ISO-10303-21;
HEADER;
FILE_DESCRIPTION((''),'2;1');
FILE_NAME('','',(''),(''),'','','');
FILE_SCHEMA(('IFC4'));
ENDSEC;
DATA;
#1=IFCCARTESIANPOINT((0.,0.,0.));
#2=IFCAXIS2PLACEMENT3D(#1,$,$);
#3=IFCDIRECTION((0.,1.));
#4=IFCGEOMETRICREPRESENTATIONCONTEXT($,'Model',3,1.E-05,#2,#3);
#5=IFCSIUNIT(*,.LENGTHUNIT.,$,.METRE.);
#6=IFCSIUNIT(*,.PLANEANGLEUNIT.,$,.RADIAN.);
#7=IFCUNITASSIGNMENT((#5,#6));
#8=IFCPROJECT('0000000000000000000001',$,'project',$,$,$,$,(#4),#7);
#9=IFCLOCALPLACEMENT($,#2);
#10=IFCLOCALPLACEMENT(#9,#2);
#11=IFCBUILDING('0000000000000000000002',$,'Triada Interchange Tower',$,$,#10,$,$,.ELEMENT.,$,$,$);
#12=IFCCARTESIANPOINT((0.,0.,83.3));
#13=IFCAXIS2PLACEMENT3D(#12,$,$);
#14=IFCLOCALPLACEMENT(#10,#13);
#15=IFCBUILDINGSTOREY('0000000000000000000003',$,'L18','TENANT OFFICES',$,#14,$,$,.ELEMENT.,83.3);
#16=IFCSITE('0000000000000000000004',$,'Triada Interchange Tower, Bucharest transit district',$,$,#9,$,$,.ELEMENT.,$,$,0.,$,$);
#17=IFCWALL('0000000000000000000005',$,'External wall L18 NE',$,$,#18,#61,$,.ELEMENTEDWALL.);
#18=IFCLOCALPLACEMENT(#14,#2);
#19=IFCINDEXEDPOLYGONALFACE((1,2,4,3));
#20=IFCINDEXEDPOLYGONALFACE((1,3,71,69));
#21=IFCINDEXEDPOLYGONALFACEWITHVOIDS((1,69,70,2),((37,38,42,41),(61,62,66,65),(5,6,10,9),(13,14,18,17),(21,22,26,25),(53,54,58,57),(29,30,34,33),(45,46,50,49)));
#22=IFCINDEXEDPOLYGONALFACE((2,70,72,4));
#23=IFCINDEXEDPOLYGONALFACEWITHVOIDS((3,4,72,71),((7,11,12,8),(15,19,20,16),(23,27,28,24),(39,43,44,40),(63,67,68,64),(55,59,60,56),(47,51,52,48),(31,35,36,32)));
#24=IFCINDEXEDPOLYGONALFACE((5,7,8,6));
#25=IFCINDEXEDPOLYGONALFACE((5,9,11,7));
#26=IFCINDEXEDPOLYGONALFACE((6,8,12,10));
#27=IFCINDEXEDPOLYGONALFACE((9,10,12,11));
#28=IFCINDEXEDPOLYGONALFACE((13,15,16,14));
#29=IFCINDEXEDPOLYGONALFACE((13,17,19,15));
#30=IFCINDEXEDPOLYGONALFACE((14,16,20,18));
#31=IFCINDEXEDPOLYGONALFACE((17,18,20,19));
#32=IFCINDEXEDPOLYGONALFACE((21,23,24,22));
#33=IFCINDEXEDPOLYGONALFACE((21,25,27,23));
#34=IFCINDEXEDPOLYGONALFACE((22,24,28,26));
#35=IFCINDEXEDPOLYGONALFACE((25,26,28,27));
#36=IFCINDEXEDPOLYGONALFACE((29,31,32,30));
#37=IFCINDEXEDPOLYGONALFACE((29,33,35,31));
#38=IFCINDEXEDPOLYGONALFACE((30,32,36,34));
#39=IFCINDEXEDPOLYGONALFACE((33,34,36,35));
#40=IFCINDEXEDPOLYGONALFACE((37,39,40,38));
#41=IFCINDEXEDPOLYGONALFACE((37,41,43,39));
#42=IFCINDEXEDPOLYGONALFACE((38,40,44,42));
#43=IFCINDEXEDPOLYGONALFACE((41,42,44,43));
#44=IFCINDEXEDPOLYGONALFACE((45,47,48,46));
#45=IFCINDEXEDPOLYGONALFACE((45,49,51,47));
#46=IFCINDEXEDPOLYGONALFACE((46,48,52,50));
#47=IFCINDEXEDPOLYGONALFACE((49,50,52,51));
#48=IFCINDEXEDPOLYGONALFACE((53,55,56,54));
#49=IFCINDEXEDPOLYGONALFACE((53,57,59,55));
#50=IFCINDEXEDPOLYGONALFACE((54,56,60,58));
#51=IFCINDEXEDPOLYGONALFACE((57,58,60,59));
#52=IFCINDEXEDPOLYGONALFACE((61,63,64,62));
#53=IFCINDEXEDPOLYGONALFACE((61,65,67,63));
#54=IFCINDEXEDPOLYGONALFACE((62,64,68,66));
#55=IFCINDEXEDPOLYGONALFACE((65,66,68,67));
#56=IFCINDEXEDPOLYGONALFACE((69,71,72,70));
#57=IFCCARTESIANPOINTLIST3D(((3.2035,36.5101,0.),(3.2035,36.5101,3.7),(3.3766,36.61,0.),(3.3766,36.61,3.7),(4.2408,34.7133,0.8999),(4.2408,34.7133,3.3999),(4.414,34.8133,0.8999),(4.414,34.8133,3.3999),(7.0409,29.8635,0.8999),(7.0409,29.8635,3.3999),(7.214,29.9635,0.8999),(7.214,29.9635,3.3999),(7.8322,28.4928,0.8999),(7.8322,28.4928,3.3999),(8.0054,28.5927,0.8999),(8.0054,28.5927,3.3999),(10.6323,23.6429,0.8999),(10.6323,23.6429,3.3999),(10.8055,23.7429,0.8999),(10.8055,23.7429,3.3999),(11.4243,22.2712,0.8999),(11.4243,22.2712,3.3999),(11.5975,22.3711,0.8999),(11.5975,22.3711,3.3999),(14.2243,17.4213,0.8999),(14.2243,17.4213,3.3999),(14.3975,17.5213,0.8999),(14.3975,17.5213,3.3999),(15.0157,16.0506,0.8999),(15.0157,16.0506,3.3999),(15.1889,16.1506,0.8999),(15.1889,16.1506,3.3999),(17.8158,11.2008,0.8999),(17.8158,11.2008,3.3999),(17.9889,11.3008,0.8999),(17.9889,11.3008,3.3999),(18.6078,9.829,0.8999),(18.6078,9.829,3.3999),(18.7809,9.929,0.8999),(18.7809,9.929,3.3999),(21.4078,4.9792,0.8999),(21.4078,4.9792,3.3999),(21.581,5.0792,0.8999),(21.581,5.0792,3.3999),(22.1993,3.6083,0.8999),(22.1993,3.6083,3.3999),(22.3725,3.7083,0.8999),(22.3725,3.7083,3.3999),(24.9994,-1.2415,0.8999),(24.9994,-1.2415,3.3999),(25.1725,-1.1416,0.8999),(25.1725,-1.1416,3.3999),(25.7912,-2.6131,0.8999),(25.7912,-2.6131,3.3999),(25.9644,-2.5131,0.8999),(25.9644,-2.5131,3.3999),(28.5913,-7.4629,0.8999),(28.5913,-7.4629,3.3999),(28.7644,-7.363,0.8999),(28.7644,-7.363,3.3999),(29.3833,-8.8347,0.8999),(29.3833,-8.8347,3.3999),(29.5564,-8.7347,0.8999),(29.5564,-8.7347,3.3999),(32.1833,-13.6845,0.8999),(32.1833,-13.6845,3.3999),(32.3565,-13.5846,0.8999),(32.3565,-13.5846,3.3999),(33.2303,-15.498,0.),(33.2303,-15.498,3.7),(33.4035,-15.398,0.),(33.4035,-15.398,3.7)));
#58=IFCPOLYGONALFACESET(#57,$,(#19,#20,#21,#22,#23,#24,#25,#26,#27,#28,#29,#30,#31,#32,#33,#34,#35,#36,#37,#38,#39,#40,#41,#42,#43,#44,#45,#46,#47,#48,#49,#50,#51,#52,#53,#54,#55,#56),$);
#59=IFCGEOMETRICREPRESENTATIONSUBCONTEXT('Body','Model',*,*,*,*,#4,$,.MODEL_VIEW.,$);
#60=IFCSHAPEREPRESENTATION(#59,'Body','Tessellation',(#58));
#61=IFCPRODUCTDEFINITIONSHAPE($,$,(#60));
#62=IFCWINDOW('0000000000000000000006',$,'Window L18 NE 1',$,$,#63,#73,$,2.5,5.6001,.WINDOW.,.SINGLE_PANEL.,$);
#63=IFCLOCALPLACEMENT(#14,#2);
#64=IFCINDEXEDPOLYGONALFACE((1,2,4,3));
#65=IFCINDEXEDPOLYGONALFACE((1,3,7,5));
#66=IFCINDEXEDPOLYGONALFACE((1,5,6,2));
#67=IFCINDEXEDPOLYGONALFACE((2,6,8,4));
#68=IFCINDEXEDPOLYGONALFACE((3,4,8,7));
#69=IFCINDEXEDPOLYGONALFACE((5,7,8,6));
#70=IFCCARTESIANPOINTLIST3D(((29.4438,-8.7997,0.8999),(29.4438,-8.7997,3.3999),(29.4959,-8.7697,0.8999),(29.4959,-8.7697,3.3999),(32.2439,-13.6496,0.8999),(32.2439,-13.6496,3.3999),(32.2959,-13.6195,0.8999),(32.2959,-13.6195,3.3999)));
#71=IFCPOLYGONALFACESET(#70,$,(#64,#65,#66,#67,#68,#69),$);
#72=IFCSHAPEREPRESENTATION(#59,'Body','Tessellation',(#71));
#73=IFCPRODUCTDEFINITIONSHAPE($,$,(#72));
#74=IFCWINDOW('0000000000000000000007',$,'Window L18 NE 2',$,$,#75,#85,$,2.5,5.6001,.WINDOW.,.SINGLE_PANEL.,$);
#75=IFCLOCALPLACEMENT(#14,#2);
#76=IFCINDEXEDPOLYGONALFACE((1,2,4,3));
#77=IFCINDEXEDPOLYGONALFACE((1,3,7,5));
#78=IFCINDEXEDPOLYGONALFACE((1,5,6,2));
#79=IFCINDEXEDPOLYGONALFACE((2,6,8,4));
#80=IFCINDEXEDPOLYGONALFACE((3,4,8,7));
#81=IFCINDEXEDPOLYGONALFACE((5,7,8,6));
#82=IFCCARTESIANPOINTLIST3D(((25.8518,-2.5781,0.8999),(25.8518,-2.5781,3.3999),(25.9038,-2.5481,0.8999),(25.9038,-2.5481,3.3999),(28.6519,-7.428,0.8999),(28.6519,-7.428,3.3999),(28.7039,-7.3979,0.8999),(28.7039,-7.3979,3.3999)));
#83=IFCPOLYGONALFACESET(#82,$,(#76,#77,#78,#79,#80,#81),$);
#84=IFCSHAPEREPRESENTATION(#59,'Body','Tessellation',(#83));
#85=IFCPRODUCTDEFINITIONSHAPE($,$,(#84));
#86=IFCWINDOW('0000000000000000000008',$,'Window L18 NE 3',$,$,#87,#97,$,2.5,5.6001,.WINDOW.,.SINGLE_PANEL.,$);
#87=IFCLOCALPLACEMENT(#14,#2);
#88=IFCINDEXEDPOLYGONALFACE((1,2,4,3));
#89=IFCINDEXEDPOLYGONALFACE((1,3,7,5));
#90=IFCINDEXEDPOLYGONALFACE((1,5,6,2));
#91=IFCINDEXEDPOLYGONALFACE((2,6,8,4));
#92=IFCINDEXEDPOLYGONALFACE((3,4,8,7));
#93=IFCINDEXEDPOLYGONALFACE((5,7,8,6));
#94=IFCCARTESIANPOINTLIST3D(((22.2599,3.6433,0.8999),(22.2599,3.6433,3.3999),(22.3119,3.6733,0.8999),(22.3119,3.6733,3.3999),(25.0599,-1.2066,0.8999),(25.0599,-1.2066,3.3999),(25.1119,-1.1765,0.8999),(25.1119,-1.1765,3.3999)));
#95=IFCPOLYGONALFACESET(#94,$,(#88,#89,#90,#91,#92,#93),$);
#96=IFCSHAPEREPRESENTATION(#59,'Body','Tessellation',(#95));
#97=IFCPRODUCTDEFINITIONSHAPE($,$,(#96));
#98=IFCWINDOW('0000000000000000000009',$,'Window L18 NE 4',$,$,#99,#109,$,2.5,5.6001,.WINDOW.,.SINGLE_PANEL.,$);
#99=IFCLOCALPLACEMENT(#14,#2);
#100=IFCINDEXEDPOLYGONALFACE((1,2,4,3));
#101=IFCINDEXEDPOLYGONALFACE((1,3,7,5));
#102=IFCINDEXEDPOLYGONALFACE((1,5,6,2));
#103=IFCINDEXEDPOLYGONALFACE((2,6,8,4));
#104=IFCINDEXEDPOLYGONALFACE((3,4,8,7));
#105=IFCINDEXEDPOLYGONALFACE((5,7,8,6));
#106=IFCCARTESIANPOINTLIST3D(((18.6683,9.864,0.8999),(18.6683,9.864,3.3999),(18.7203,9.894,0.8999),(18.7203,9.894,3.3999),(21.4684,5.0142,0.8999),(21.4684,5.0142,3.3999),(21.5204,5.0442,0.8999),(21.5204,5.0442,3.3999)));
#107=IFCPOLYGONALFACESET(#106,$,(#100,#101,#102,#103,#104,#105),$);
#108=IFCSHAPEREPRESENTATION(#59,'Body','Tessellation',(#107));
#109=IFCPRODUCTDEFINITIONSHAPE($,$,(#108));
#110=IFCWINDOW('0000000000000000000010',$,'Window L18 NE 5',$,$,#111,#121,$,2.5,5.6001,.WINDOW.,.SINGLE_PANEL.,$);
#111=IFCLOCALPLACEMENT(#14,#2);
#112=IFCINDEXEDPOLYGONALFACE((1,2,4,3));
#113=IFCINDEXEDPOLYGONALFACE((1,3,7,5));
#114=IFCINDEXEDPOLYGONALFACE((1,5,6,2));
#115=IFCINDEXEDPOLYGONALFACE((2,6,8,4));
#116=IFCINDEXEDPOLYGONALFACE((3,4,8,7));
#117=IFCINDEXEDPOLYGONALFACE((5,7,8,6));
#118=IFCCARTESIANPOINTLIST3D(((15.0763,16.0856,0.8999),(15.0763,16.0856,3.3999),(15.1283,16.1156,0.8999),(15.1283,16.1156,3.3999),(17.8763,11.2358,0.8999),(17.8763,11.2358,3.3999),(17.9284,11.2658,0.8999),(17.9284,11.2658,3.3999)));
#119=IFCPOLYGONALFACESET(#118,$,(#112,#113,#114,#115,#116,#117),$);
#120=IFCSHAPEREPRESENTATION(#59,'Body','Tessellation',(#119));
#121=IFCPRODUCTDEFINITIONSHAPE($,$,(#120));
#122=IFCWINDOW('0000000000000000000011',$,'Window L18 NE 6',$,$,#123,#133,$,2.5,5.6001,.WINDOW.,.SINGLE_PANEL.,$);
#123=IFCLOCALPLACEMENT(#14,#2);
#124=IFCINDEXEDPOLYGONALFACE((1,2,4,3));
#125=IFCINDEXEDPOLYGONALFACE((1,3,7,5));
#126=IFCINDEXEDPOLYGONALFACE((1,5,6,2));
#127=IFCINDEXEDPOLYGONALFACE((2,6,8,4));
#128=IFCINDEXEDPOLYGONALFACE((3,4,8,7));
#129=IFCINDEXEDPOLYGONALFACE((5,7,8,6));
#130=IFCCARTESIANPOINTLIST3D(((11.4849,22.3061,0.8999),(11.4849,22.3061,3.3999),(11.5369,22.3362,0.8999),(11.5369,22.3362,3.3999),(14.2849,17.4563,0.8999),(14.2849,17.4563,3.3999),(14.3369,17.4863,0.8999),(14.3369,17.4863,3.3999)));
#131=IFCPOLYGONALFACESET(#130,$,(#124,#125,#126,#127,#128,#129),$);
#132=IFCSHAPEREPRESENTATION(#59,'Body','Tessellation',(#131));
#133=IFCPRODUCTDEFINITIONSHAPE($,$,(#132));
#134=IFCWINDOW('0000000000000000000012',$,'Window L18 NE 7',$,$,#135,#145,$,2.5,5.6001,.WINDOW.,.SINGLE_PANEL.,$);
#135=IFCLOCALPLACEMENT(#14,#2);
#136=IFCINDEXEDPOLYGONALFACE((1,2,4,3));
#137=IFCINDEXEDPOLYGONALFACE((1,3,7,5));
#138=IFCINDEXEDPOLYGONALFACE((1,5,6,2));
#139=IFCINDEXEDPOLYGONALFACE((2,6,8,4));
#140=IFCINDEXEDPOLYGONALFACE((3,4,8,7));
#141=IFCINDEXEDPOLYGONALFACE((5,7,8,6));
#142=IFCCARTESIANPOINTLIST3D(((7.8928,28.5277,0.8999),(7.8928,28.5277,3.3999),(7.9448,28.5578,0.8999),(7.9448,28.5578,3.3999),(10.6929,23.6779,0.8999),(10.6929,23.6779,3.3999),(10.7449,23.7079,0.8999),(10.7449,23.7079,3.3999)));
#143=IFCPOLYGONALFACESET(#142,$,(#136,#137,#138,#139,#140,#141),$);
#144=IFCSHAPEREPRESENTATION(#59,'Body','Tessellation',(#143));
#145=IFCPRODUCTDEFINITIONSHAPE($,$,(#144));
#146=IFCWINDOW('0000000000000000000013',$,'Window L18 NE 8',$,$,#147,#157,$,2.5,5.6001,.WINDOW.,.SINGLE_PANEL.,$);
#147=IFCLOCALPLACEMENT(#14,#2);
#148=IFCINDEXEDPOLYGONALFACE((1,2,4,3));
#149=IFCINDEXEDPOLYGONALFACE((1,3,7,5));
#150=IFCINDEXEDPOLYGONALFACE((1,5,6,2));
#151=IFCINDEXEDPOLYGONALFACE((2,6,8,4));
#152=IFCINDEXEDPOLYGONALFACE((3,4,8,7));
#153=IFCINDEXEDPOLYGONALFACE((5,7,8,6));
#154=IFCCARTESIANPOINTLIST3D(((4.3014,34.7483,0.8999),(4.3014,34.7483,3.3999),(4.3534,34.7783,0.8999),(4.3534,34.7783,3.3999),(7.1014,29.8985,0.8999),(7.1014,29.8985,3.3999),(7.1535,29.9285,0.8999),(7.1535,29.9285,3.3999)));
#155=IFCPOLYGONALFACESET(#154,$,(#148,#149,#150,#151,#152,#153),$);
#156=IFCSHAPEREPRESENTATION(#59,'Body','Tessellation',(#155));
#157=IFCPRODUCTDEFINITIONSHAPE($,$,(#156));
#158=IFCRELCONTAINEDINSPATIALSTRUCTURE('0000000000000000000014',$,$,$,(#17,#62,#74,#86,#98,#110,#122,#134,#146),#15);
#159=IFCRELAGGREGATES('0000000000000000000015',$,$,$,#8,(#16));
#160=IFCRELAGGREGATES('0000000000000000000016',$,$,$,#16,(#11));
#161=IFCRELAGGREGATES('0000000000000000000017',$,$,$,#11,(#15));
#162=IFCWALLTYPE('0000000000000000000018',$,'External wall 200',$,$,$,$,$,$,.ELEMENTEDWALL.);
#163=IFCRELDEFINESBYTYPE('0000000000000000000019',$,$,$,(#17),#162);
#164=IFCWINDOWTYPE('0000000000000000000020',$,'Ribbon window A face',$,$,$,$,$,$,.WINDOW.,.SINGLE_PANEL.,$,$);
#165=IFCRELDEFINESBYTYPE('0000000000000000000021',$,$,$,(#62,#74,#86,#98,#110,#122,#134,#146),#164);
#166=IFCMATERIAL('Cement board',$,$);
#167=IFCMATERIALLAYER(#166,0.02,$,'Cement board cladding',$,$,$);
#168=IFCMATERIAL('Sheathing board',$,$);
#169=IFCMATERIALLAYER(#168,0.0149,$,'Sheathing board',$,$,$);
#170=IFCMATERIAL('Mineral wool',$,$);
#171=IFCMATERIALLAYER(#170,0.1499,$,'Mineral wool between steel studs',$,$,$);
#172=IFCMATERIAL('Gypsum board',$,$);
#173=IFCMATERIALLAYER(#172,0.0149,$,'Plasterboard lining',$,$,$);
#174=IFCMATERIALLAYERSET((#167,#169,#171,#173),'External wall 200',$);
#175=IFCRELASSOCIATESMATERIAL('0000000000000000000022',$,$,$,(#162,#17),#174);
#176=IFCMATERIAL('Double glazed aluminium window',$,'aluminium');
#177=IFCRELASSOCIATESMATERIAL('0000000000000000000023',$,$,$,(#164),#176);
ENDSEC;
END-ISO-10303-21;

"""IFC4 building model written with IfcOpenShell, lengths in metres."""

from ifc_helpers import new_model, si_unit, direction, frame, frame_2d, origin, place, context, subcontext, project, spatial, rectangle, extrude, material, layer, layer_set, layer_usage, type_object, element, fill, save


model = new_model("IFC4")

# Units and contexts
model_context = context("Model", 3, precision=1e-05, world=origin(), true_north=direction((0.0, 1.0)))
body_context = subcontext(model_context, "Body", "Model", "MODEL_VIEW")
ifc_project = project(units=[si_unit("LENGTHUNIT", "METRE"), si_unit("PLANEANGLEUNIT", "RADIAN")], contexts=[model_context])

# Site, building, storey
site_placement = place(None, origin())
site = spatial("IfcSite", under=ifc_project, at=site_placement, Name="Triada Interchange Tower, Bucharest transit district", CompositionType="ELEMENT", RefElevation=0.0)
building_placement = place(site_placement, origin())
building = spatial("IfcBuilding", under=site, at=building_placement, Name="Triada Interchange Tower", CompositionType="ELEMENT")
storey_placement = place(building_placement, frame((0.0, 0.0, 83.3)))
storey = spatial("IfcBuildingStorey", under=building, at=storey_placement, Name="L18", Description="TENANT OFFICES", CompositionType="ELEMENT", Elevation=83.3)

# Shared definitions
ifc_material_1 = material(Name="Cement board")
ifc_layer_1 = layer(ifc_material_1, 0.02, Name="Cement board cladding")
ifc_material_2 = material(Name="Sheathing board")
ifc_layer_2 = layer(ifc_material_2, 0.0149, Name="Sheathing board")
ifc_material_3 = material(Name="Mineral wool")
ifc_layer_3 = layer(ifc_material_3, 0.1499, Name="Mineral wool between steel studs")
ifc_material_4 = material(Name="Gypsum board")
ifc_layer_4 = layer(ifc_material_4, 0.0149, Name="Plasterboard lining")
ifc_layer_set_1 = layer_set([ifc_layer_1, ifc_layer_2, ifc_layer_3, ifc_layer_4], Name="External wall 200")
ifc_layer_usage = layer_usage(ifc_layer_set_1, "AXIS2", "POSITIVE", -0.1001)
wall_type = type_object("IfcWallType", Name="External wall 200", PredefinedType="ELEMENTEDWALL", material=ifc_layer_set_1)
ifc_material_5 = material(Name="Double glazed aluminium window", Category="aluminium")

# Wall, openings, windows
wall_1_placement = place(storey_placement, frame((33.3169, -15.448, 0.0), z_axis=(0.0, 0.0, 1.0), x_axis=(-0.5, 0.866025, 0.0)))
wall_1 = element("IfcWall", 1, at=wall_1_placement, inside=storey, type_object=wall_type, material=ifc_layer_usage, Name="External wall L18 NE", PredefinedType="ELEMENTEDWALL", context=body_context, shape_type="SweptSolid", body=[
    extrude(rectangle(XDim=60.0537, YDim=0.2, at=frame_2d((30.0269, 0.0))), origin(), (0.0, 0.0, 1.0), 3.7),
])
opening_1_placement = place(wall_1_placement, frame((2.094, 0.0, 0.8999)))
opening_1 = element("IfcOpeningElement", 2, at=opening_1_placement, cuts=wall_1, PredefinedType="OPENING", context=body_context, shape_type="SweptSolid", body=[
    extrude(rectangle(XDim=5.6001, YDim=2.5, at=frame_2d((2.8, 1.25))), frame((0.0, 0.1099, 0.0), z_axis=(0.0, -1.0, 0.0), x_axis=(1.0, 0.0, 0.0)), (0.0, 0.0, 1.0), 0.22),
])
opening_2_placement = place(wall_1_placement, frame((9.2781, 0.0, 0.8999)))
opening_2 = element("IfcOpeningElement", 3, at=opening_2_placement, cuts=wall_1, PredefinedType="OPENING", context=body_context, shape_type="SweptSolid", body=[
    extrude(rectangle(XDim=5.6001, YDim=2.5, at=frame_2d((2.8, 1.25))), frame((0.0, 0.1099, 0.0), z_axis=(0.0, -1.0, 0.0), x_axis=(1.0, 0.0, 0.0)), (0.0, 0.0, 1.0), 0.22),
])
opening_3_placement = place(wall_1_placement, frame((16.4619, 0.0, 0.8999)))
opening_3 = element("IfcOpeningElement", 4, at=opening_3_placement, cuts=wall_1, PredefinedType="OPENING", context=body_context, shape_type="SweptSolid", body=[
    extrude(rectangle(XDim=5.6001, YDim=2.5, at=frame_2d((2.8, 1.25))), frame((0.0, 0.1099, 0.0), z_axis=(0.0, -1.0, 0.0), x_axis=(1.0, 0.0, 0.0)), (0.0, 0.0, 1.0), 0.22),
])
opening_4_placement = place(wall_1_placement, frame((23.645, 0.0, 0.8999)))
opening_4 = element("IfcOpeningElement", 5, at=opening_4_placement, cuts=wall_1, PredefinedType="OPENING", context=body_context, shape_type="SweptSolid", body=[
    extrude(rectangle(XDim=5.6001, YDim=2.5, at=frame_2d((2.8, 1.25))), frame((0.0, 0.1099, 0.0), z_axis=(0.0, -1.0, 0.0), x_axis=(1.0, 0.0, 0.0)), (0.0, 0.0, 1.0), 0.22),
])
opening_5_placement = place(wall_1_placement, frame((30.8291, 0.0, 0.8999)))
opening_5 = element("IfcOpeningElement", 6, at=opening_5_placement, cuts=wall_1, PredefinedType="OPENING", context=body_context, shape_type="SweptSolid", body=[
    extrude(rectangle(XDim=5.6001, YDim=2.5, at=frame_2d((2.8, 1.25))), frame((0.0, 0.1099, 0.0), z_axis=(0.0, -1.0, 0.0), x_axis=(1.0, 0.0, 0.0)), (0.0, 0.0, 1.0), 0.22),
])
opening_6_placement = place(wall_1_placement, frame((38.012, 0.0, 0.8999)))
opening_6 = element("IfcOpeningElement", 7, at=opening_6_placement, cuts=wall_1, PredefinedType="OPENING", context=body_context, shape_type="SweptSolid", body=[
    extrude(rectangle(XDim=5.6001, YDim=2.5, at=frame_2d((2.8, 1.25))), frame((0.0, 0.1099, 0.0), z_axis=(0.0, -1.0, 0.0), x_axis=(1.0, 0.0, 0.0)), (0.0, 0.0, 1.0), 0.22),
])
opening_7_placement = place(wall_1_placement, frame((45.196, 0.0, 0.8999)))
opening_7 = element("IfcOpeningElement", 8, at=opening_7_placement, cuts=wall_1, PredefinedType="OPENING", context=body_context, shape_type="SweptSolid", body=[
    extrude(rectangle(XDim=5.6001, YDim=2.5, at=frame_2d((2.8, 1.25))), frame((0.0, 0.1099, 0.0), z_axis=(0.0, -1.0, 0.0), x_axis=(1.0, 0.0, 0.0)), (0.0, 0.0, 1.0), 0.22),
])
opening_8_placement = place(wall_1_placement, frame((52.3789, 0.0, 0.8999)))
opening_8 = element("IfcOpeningElement", 9, at=opening_8_placement, cuts=wall_1, PredefinedType="OPENING", context=body_context, shape_type="SweptSolid", body=[
    extrude(rectangle(XDim=5.6001, YDim=2.5, at=frame_2d((2.8, 1.25))), frame((0.0, 0.1099, 0.0), z_axis=(0.0, -1.0, 0.0), x_axis=(1.0, 0.0, 0.0)), (0.0, 0.0, 1.0), 0.22),
])
window_type_1 = type_object("IfcWindowType", Name="Ribbon window A face", PartitioningType="SINGLE_PANEL", PredefinedType="WINDOW", material=ifc_material_5)
window_1_placement = place(opening_1_placement, origin())
window_1 = element("IfcWindow", 10, at=window_1_placement, inside=storey, type_object=window_type_1, Name="Window L18 NE 1", OverallHeight=2.5, OverallWidth=5.6001, PartitioningType="SINGLE_PANEL", PredefinedType="WINDOW", context=body_context, shape_type="SweptSolid", body=[
    extrude(rectangle(XDim=5.6001, YDim=2.5, at=frame_2d((2.8, 1.25))), frame((0.0, 0.03, 0.0), z_axis=(0.0, -1.0, 0.0), x_axis=(1.0, 0.0, 0.0)), (0.0, 0.0, 1.0), 0.0601),
])
fill(opening_1, window_1)
window_2_placement = place(opening_2_placement, origin())
window_2 = element("IfcWindow", 11, at=window_2_placement, inside=storey, type_object=window_type_1, Name="Window L18 NE 2", OverallHeight=2.5, OverallWidth=5.6001, PartitioningType="SINGLE_PANEL", PredefinedType="WINDOW", context=body_context, shape_type="SweptSolid", body=[
    extrude(rectangle(XDim=5.6001, YDim=2.5, at=frame_2d((2.8, 1.25))), frame((0.0, 0.03, 0.0), z_axis=(0.0, -1.0, 0.0), x_axis=(1.0, 0.0, 0.0)), (0.0, 0.0, 1.0), 0.0601),
])
fill(opening_2, window_2)
window_3_placement = place(opening_3_placement, origin())
window_3 = element("IfcWindow", 12, at=window_3_placement, inside=storey, type_object=window_type_1, Name="Window L18 NE 3", OverallHeight=2.5, OverallWidth=5.6001, PartitioningType="SINGLE_PANEL", PredefinedType="WINDOW", context=body_context, shape_type="SweptSolid", body=[
    extrude(rectangle(XDim=5.6001, YDim=2.5, at=frame_2d((2.8, 1.25))), frame((0.0, 0.03, 0.0), z_axis=(0.0, -1.0, 0.0), x_axis=(1.0, 0.0, 0.0)), (0.0, 0.0, 1.0), 0.0601),
])
fill(opening_3, window_3)
window_4_placement = place(opening_4_placement, origin())
window_4 = element("IfcWindow", 13, at=window_4_placement, inside=storey, type_object=window_type_1, Name="Window L18 NE 4", OverallHeight=2.5, OverallWidth=5.6001, PartitioningType="SINGLE_PANEL", PredefinedType="WINDOW", context=body_context, shape_type="SweptSolid", body=[
    extrude(rectangle(XDim=5.6001, YDim=2.5, at=frame_2d((2.8, 1.25))), frame((0.0, 0.03, 0.0), z_axis=(0.0, -1.0, 0.0), x_axis=(1.0, 0.0, 0.0)), (0.0, 0.0, 1.0), 0.0601),
])
fill(opening_4, window_4)
window_5_placement = place(opening_5_placement, origin())
window_5 = element("IfcWindow", 14, at=window_5_placement, inside=storey, type_object=window_type_1, Name="Window L18 NE 5", OverallHeight=2.5, OverallWidth=5.6001, PartitioningType="SINGLE_PANEL", PredefinedType="WINDOW", context=body_context, shape_type="SweptSolid", body=[
    extrude(rectangle(XDim=5.6001, YDim=2.5, at=frame_2d((2.8, 1.25))), frame((0.0, 0.03, 0.0), z_axis=(0.0, -1.0, 0.0), x_axis=(1.0, 0.0, 0.0)), (0.0, 0.0, 1.0), 0.0601),
])
fill(opening_5, window_5)
window_6_placement = place(opening_6_placement, origin())
window_6 = element("IfcWindow", 15, at=window_6_placement, inside=storey, type_object=window_type_1, Name="Window L18 NE 6", OverallHeight=2.5, OverallWidth=5.6001, PartitioningType="SINGLE_PANEL", PredefinedType="WINDOW", context=body_context, shape_type="SweptSolid", body=[
    extrude(rectangle(XDim=5.6001, YDim=2.5, at=frame_2d((2.8, 1.25))), frame((0.0, 0.03, 0.0), z_axis=(0.0, -1.0, 0.0), x_axis=(1.0, 0.0, 0.0)), (0.0, 0.0, 1.0), 0.0601),
])
fill(opening_6, window_6)
window_7_placement = place(opening_7_placement, origin())
window_7 = element("IfcWindow", 16, at=window_7_placement, inside=storey, type_object=window_type_1, Name="Window L18 NE 7", OverallHeight=2.5, OverallWidth=5.6001, PartitioningType="SINGLE_PANEL", PredefinedType="WINDOW", context=body_context, shape_type="SweptSolid", body=[
    extrude(rectangle(XDim=5.6001, YDim=2.5, at=frame_2d((2.8, 1.25))), frame((0.0, 0.03, 0.0), z_axis=(0.0, -1.0, 0.0), x_axis=(1.0, 0.0, 0.0)), (0.0, 0.0, 1.0), 0.0601),
])
fill(opening_7, window_7)
window_8_placement = place(opening_8_placement, origin())
window_8 = element("IfcWindow", 17, at=window_8_placement, inside=storey, type_object=window_type_1, Name="Window L18 NE 8", OverallHeight=2.5, OverallWidth=5.6001, PartitioningType="SINGLE_PANEL", PredefinedType="WINDOW", context=body_context, shape_type="SweptSolid", body=[
    extrude(rectangle(XDim=5.6001, YDim=2.5, at=frame_2d((2.8, 1.25))), frame((0.0, 0.03, 0.0), z_axis=(0.0, -1.0, 0.0), x_axis=(1.0, 0.0, 0.0)), (0.0, 0.0, 1.0), 0.0601),
])
fill(opening_8, window_8)

save(model, "model.ifc")
